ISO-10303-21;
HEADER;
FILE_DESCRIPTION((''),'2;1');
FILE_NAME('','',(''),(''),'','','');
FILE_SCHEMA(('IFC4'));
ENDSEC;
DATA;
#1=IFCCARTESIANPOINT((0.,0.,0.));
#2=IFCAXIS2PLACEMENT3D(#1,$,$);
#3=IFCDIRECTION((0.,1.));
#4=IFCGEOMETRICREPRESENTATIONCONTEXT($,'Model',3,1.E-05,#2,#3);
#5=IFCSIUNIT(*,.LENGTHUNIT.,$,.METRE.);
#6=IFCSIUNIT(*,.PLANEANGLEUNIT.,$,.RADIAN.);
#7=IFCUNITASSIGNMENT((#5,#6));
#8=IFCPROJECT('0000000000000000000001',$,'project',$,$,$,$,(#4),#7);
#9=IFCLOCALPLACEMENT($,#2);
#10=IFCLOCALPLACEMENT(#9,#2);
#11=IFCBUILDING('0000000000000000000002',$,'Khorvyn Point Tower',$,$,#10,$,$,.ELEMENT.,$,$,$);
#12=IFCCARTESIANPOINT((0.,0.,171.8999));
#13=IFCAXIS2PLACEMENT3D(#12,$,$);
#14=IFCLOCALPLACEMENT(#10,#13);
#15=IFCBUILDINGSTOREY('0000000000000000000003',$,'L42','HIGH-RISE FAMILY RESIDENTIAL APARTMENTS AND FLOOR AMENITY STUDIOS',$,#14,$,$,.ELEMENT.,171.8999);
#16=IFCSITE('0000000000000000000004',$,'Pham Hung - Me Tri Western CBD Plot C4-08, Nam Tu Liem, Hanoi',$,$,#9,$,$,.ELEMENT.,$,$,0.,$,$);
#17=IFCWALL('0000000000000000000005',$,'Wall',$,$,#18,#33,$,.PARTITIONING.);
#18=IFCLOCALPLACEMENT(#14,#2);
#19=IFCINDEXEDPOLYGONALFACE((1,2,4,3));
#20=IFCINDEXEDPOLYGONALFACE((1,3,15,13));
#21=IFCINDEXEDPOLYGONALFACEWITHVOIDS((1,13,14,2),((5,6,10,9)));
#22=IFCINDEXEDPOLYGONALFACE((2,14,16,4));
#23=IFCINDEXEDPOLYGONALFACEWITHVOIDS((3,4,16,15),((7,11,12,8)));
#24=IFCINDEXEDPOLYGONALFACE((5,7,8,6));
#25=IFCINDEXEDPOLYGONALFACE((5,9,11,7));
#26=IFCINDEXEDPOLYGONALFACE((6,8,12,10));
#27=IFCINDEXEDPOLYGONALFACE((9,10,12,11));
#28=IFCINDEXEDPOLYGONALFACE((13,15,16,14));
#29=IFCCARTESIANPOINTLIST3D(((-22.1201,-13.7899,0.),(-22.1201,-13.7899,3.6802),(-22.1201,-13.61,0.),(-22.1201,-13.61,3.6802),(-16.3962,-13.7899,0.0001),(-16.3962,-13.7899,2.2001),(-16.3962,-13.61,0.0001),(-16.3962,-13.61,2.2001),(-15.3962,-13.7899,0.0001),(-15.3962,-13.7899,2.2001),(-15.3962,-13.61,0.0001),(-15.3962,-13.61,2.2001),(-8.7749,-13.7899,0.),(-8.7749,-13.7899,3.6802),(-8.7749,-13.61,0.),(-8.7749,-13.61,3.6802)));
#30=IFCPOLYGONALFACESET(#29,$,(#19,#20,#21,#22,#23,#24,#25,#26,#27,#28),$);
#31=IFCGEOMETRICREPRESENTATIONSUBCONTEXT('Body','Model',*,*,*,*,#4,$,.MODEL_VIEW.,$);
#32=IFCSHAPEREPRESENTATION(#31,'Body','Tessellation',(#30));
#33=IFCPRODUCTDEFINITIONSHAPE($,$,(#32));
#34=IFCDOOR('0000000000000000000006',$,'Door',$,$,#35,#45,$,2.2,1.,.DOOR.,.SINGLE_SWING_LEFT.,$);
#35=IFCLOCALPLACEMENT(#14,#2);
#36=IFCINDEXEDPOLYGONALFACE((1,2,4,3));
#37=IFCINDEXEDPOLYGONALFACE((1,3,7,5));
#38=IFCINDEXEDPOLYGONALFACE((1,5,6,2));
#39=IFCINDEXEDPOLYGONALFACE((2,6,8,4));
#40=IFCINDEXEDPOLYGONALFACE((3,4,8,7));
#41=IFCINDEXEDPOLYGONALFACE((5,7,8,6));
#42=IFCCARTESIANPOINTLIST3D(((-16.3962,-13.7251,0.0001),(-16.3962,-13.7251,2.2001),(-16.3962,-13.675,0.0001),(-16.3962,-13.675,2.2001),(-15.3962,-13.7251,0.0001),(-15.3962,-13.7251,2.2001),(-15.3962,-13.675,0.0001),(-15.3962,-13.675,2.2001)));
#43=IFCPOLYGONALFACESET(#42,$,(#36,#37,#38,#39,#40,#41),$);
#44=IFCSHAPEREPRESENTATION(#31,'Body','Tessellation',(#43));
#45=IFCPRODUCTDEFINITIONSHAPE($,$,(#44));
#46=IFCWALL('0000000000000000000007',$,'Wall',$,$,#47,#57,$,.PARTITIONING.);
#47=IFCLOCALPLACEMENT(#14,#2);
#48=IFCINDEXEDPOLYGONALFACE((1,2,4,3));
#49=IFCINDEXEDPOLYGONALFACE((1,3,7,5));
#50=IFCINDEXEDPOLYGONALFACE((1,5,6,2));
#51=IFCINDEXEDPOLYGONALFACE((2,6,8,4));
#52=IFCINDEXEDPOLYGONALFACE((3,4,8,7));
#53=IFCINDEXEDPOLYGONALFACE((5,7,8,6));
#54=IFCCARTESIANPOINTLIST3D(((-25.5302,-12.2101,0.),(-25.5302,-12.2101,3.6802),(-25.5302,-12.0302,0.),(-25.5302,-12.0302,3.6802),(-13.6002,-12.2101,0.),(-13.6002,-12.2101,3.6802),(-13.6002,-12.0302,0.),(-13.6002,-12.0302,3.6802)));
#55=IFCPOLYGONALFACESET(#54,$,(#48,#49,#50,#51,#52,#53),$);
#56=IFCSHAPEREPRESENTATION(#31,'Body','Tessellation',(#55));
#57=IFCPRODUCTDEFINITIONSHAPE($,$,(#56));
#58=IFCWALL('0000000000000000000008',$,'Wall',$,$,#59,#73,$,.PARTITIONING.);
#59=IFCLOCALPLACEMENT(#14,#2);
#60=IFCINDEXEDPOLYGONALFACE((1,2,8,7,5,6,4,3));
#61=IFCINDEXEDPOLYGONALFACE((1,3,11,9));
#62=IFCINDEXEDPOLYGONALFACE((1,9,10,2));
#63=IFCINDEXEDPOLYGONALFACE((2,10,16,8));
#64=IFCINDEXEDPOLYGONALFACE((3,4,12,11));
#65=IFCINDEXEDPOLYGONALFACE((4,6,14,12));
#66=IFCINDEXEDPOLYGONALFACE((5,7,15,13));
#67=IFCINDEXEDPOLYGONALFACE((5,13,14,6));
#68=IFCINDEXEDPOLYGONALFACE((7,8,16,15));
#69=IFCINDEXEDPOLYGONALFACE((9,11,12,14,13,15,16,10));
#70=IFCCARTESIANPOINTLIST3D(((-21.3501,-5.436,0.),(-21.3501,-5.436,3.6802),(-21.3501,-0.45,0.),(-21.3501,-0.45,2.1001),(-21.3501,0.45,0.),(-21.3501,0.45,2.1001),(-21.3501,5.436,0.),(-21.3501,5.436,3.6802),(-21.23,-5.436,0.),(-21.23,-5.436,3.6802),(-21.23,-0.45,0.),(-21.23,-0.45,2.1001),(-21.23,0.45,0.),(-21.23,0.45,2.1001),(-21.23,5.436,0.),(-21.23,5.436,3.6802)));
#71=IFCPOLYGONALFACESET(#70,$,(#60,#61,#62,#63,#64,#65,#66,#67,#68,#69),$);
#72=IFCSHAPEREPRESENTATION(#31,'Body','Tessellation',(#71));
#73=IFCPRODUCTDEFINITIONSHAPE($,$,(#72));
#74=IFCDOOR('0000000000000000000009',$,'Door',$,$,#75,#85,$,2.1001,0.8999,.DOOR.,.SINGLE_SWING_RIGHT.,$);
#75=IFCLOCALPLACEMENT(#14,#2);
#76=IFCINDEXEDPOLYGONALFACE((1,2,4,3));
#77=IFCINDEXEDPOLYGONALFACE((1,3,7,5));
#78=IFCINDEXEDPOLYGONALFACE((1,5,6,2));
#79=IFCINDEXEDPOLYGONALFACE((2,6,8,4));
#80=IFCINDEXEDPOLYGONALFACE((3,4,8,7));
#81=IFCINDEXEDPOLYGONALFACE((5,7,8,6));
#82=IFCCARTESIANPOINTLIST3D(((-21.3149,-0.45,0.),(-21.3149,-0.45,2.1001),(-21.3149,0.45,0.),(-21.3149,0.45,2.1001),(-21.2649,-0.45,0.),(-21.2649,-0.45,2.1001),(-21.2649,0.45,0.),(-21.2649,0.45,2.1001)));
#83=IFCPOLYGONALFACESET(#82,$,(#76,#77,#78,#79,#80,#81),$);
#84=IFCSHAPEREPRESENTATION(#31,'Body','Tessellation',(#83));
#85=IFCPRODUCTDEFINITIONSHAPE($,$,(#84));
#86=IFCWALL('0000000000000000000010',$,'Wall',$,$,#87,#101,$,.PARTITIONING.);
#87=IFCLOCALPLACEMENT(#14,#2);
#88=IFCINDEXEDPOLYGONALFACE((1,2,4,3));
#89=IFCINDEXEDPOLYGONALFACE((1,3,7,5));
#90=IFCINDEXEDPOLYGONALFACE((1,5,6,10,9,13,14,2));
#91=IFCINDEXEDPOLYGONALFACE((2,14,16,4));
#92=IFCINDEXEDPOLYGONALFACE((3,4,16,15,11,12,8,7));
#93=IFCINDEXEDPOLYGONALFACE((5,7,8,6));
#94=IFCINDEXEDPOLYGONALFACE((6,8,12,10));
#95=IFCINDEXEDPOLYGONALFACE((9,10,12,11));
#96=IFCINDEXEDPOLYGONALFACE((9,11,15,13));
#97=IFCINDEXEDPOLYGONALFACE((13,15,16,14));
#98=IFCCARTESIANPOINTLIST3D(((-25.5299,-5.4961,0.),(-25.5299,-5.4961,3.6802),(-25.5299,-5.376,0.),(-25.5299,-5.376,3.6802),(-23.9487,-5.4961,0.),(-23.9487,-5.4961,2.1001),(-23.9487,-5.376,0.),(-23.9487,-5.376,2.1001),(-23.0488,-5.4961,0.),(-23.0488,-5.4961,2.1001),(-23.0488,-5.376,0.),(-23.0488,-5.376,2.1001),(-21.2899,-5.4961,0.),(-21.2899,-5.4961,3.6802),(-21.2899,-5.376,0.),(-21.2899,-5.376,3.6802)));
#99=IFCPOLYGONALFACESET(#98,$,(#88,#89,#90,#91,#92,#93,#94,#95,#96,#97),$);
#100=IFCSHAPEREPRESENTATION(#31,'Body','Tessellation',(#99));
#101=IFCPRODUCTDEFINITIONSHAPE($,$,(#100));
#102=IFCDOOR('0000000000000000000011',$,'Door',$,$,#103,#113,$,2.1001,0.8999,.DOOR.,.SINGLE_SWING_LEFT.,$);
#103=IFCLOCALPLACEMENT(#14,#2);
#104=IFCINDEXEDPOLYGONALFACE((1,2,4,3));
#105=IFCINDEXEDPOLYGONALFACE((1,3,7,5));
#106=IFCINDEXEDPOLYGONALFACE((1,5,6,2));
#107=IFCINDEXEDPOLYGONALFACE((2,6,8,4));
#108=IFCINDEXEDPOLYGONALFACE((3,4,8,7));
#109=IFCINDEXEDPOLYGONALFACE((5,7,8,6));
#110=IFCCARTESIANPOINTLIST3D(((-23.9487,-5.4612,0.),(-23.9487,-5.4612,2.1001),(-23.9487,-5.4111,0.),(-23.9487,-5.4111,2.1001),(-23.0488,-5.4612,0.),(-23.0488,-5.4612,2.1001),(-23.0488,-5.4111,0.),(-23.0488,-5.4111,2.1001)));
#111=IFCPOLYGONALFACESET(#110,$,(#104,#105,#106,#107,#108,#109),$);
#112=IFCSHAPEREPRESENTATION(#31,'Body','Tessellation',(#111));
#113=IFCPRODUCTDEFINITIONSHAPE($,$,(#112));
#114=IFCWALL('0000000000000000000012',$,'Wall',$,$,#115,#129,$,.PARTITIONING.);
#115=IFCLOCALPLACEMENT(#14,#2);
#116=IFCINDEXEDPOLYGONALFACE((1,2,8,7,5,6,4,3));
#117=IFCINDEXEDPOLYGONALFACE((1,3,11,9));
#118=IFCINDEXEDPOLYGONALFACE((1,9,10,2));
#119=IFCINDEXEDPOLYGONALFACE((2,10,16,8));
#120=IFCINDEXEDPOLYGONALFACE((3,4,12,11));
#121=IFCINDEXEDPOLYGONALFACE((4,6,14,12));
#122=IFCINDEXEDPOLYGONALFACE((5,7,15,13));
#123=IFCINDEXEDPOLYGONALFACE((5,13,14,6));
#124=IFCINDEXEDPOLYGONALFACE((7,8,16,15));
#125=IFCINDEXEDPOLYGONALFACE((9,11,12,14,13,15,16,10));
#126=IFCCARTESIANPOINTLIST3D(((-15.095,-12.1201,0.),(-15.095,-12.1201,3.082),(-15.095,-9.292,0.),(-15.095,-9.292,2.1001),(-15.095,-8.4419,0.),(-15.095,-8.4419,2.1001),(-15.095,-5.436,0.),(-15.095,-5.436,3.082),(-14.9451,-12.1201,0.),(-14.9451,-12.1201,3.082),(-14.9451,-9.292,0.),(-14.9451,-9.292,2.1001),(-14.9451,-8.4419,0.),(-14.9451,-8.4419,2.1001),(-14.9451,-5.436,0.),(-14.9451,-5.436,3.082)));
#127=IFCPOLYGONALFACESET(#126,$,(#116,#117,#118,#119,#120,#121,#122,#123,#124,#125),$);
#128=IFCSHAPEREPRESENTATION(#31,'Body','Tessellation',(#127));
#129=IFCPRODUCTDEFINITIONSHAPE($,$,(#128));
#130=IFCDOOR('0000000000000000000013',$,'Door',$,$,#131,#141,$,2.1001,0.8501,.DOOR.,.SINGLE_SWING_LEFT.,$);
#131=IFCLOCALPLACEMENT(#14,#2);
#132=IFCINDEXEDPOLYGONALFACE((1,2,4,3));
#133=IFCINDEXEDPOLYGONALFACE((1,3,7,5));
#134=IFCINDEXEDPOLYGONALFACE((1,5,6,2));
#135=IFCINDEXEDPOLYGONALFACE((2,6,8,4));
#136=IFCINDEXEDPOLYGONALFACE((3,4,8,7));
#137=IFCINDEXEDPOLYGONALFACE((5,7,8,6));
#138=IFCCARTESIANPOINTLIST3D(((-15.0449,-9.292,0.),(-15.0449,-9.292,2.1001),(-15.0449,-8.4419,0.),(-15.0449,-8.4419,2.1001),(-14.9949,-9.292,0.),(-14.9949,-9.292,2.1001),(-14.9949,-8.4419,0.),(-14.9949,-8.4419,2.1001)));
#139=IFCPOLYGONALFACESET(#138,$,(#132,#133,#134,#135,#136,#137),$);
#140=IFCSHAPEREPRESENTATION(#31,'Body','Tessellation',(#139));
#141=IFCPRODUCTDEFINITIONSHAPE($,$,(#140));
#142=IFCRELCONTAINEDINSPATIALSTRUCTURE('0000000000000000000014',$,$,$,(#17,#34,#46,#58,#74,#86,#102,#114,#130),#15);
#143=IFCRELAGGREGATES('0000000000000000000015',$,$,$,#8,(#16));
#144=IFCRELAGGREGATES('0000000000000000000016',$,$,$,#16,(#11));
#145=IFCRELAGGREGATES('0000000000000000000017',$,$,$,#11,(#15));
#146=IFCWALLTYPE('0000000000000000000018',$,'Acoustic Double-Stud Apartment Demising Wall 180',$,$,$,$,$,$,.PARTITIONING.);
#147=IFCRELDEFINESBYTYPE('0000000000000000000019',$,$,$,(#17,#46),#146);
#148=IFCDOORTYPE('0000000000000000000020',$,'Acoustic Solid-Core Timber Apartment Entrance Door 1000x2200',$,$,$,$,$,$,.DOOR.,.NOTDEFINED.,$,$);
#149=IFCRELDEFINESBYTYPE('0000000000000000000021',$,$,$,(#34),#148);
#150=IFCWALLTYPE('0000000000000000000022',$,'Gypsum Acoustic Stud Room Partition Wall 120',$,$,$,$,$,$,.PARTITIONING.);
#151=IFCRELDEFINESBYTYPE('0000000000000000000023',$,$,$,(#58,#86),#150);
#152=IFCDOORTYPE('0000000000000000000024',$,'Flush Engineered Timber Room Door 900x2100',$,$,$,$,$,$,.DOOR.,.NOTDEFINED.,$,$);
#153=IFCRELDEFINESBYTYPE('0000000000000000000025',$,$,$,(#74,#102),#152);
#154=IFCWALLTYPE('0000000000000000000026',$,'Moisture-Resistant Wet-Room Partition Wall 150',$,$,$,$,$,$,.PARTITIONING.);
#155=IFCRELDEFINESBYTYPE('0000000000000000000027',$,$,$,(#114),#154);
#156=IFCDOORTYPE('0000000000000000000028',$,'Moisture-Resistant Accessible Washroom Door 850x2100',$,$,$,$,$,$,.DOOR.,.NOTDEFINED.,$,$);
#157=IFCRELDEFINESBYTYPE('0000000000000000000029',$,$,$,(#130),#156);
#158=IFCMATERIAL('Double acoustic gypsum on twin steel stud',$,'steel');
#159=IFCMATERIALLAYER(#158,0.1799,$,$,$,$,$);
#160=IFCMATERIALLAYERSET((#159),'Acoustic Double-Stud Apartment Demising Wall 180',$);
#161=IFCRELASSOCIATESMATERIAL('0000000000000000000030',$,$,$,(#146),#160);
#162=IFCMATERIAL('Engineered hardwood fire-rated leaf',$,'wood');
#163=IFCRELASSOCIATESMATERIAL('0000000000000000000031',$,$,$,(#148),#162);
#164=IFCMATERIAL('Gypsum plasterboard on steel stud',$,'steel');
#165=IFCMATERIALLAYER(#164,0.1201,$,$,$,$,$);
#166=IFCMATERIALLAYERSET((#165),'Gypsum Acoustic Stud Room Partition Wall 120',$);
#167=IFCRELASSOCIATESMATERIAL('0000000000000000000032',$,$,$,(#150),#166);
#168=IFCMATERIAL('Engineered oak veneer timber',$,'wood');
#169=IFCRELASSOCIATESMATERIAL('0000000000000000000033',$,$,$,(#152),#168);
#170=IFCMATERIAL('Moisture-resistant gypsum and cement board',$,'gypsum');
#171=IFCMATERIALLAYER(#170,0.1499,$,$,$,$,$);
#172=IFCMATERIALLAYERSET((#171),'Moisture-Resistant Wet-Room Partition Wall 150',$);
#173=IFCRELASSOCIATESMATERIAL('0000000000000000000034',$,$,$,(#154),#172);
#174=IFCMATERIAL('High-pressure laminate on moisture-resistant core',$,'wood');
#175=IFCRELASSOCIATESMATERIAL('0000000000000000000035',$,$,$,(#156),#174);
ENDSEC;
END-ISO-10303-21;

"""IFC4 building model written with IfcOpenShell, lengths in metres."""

from ifc_helpers import new_model, si_unit, direction, frame, frame_2d, origin, place, context, subcontext, project, spatial, rectangle, extrude, material, layer, layer_set, type_object, element, fill, save


model = new_model("IFC4")

# Units and contexts
model_context = context("Model", 3, precision=1e-05, world=origin(), true_north=direction((0.0, 1.0)))
body_context = subcontext(model_context, "Body", "Model", "MODEL_VIEW")
ifc_project = project(units=[si_unit("LENGTHUNIT", "METRE"), si_unit("PLANEANGLEUNIT", "RADIAN")], contexts=[model_context])

# Site, building, storey
site_placement = place(None, origin())
site = spatial("IfcSite", under=ifc_project, at=site_placement, Name="Pham Hung - Me Tri Western CBD Plot C4-08, Nam Tu Liem, Hanoi", CompositionType="ELEMENT", RefElevation=0.0)
building_placement = place(site_placement, origin())
building = spatial("IfcBuilding", under=site, at=building_placement, Name="Khorvyn Point Tower", CompositionType="ELEMENT")
storey_placement = place(building_placement, frame((0.0, 0.0, 171.8999)))
storey = spatial("IfcBuildingStorey", under=building, at=storey_placement, Name="L42", Description="HIGH-RISE FAMILY RESIDENTIAL APARTMENTS AND FLOOR AMENITY STUDIOS", CompositionType="ELEMENT", Elevation=171.8999)

# Wall, opening, door
ifc_material_1 = material(Name="Double acoustic gypsum on twin steel stud", Category="steel")
ifc_layer_1 = layer(ifc_material_1, 0.1799)
ifc_layer_set_1 = layer_set([ifc_layer_1], Name="Acoustic Double-Stud Apartment Demising Wall 180")
wall_type_1 = type_object("IfcWallType", Name="Acoustic Double-Stud Apartment Demising Wall 180", PredefinedType="PARTITIONING", material=ifc_layer_set_1)
wall_1_placement = place(storey_placement, frame((-22.1201, -13.7, 0.0), z_axis=(0.0, 0.0, 1.0), x_axis=(1.0, 0.0, 0.0)))
wall_1 = element("IfcWall", 1, at=wall_1_placement, inside=storey, type_object=wall_type_1, Name="Wall", PredefinedType="PARTITIONING", context=body_context, shape_type="SweptSolid", body=[
    extrude(rectangle(XDim=13.3452, YDim=0.1799, at=frame_2d((6.6726, 0.0))), origin(), (0.0, 0.0, 1.0), 3.6802),
])
opening_1_placement = place(wall_1_placement, frame((5.7239, 0.0, 0.0)))
opening_1 = element("IfcOpeningElement", 2, at=opening_1_placement, cuts=wall_1, PredefinedType="OPENING", context=body_context, shape_type="SweptSolid", body=[
    extrude(rectangle(XDim=1.0, YDim=2.2, at=frame_2d((0.5, 1.1001))), frame((0.0, 0.0999, 0.0), z_axis=(0.0, -1.0, 0.0), x_axis=(1.0, 0.0, 0.0)), (0.0, 0.0, 1.0), 0.2),
])
ifc_material_2 = material(Name="Engineered hardwood fire-rated leaf", Category="wood")
door_type_1 = type_object("IfcDoorType", Name="Acoustic Solid-Core Timber Apartment Entrance Door 1000x2200", OperationType="NOTDEFINED", PredefinedType="DOOR", material=ifc_material_2)
door_1_placement = place(opening_1_placement, origin())
door_1 = element("IfcDoor", 3, at=door_1_placement, inside=storey, type_object=door_type_1, Name="Door", OperationType="SINGLE_SWING_LEFT", OverallHeight=2.2, OverallWidth=1.0, PredefinedType="DOOR", context=body_context, shape_type="SweptSolid", body=[
    extrude(rectangle(XDim=1.0, YDim=2.2, at=frame_2d((0.5, 1.1001))), frame((0.0, 0.0249, 0.0), z_axis=(0.0, -1.0, 0.0), x_axis=(1.0, 0.0, 0.0)), (0.0, 0.0, 1.0), 0.05),
])
fill(opening_1, door_1)

# Wall
wall_2_placement = place(storey_placement, frame((-25.53, -12.1201, 0.0), z_axis=(0.0, 0.0, 1.0), x_axis=(1.0, 0.0, 0.0)))
element("IfcWall", 4, at=wall_2_placement, inside=storey, type_object=wall_type_1, Name="Wall", PredefinedType="PARTITIONING", context=body_context, shape_type="SweptSolid", body=[
    extrude(rectangle(XDim=11.9299, YDim=0.1799, at=frame_2d((5.9648, 0.0))), origin(), (0.0, 0.0, 1.0), 3.6802),
])

# Walls, openings, doors
ifc_material_3 = material(Name="Gypsum plasterboard on steel stud", Category="steel")
ifc_layer_2 = layer(ifc_material_3, 0.1201)
ifc_layer_set_2 = layer_set([ifc_layer_2], Name="Gypsum Acoustic Stud Room Partition Wall 120")
wall_type_2 = type_object("IfcWallType", Name="Gypsum Acoustic Stud Room Partition Wall 120", PredefinedType="PARTITIONING", material=ifc_layer_set_2)
wall_3_placement = place(storey_placement, frame((-21.29, -5.436, 0.0), z_axis=(0.0, 0.0, 1.0), x_axis=(0.0, 1.0, 0.0)))
wall_3 = element("IfcWall", 5, at=wall_3_placement, inside=storey, type_object=wall_type_2, Name="Wall", PredefinedType="PARTITIONING", context=body_context, shape_type="SweptSolid", body=[
    extrude(rectangle(XDim=10.8721, YDim=0.1201, at=frame_2d((5.436, 0.0))), origin(), (0.0, 0.0, 1.0), 3.6802),
])
opening_2_placement = place(wall_3_placement, frame((4.9861, 0.0, 0.0)))
opening_2 = element("IfcOpeningElement", 6, at=opening_2_placement, cuts=wall_3, PredefinedType="OPENING", context=body_context, shape_type="SweptSolid", body=[
    extrude(rectangle(XDim=0.8999, YDim=2.1001, at=frame_2d((0.45, 1.05))), frame((0.0, 0.0701, 0.0), z_axis=(0.0, -1.0, 0.0), x_axis=(1.0, 0.0, 0.0)), (0.0, 0.0, 1.0), 0.1401),
])
ifc_material_4 = material(Name="Engineered oak veneer timber", Category="wood")
door_type_2 = type_object("IfcDoorType", Name="Flush Engineered Timber Room Door 900x2100", OperationType="NOTDEFINED", PredefinedType="DOOR", material=ifc_material_4)
door_2_placement = place(opening_2_placement, origin())
door_2 = element("IfcDoor", 7, at=door_2_placement, inside=storey, type_object=door_type_2, Name="Door", OperationType="SINGLE_SWING_RIGHT", OverallHeight=2.1001, OverallWidth=0.8999, PredefinedType="DOOR", context=body_context, shape_type="SweptSolid", body=[
    extrude(rectangle(XDim=0.8999, YDim=2.1001, at=frame_2d((0.45, 1.05))), frame((0.0, 0.0249, 0.0), z_axis=(0.0, -1.0, 0.0), x_axis=(1.0, 0.0, 0.0)), (0.0, 0.0, 1.0), 0.05),
])
fill(opening_2, door_2)
wall_4_placement = place(storey_placement, frame((-25.53, -5.436, 0.0), z_axis=(0.0, 0.0, 1.0), x_axis=(1.0, 0.0, 0.0)))
wall_4 = element("IfcWall", 8, at=wall_4_placement, inside=storey, type_object=wall_type_2, Name="Wall", PredefinedType="PARTITIONING", context=body_context, shape_type="SweptSolid", body=[
    extrude(rectangle(XDim=4.24, YDim=0.1201, at=frame_2d((2.1201, 0.0))), origin(), (0.0, 0.0, 1.0), 3.6802),
])
opening_3_placement = place(wall_4_placement, frame((1.5813, 0.0, 0.0)))
opening_3 = element("IfcOpeningElement", 9, at=opening_3_placement, cuts=wall_4, PredefinedType="OPENING", context=body_context, shape_type="SweptSolid", body=[
    extrude(rectangle(XDim=0.8999, YDim=2.1001, at=frame_2d((0.45, 1.05))), frame((0.0, 0.0701, 0.0), z_axis=(0.0, -1.0, 0.0), x_axis=(1.0, 0.0, 0.0)), (0.0, 0.0, 1.0), 0.1401),
])
door_3_placement = place(opening_3_placement, origin())
door_3 = element("IfcDoor", 10, at=door_3_placement, inside=storey, type_object=door_type_2, Name="Door", OperationType="SINGLE_SWING_LEFT", OverallHeight=2.1001, OverallWidth=0.8999, PredefinedType="DOOR", context=body_context, shape_type="SweptSolid", body=[
    extrude(rectangle(XDim=0.8999, YDim=2.1001, at=frame_2d((0.45, 1.05))), frame((0.0, 0.0249, 0.0), z_axis=(0.0, -1.0, 0.0), x_axis=(1.0, 0.0, 0.0)), (0.0, 0.0, 1.0), 0.05),
])
fill(opening_3, door_3)
ifc_material_5 = material(Name="Moisture-resistant gypsum and cement board", Category="gypsum")
ifc_layer_3 = layer(ifc_material_5, 0.1499)
ifc_layer_set_3 = layer_set([ifc_layer_3], Name="Moisture-Resistant Wet-Room Partition Wall 150")
wall_type_3 = type_object("IfcWallType", Name="Moisture-Resistant Wet-Room Partition Wall 150", PredefinedType="PARTITIONING", material=ifc_layer_set_3)
wall_5_placement = place(storey_placement, frame((-15.02, -12.1201, 0.0), z_axis=(0.0, 0.0, 1.0), x_axis=(0.0, 1.0, 0.0)))
wall_5 = element("IfcWall", 11, at=wall_5_placement, inside=storey, type_object=wall_type_3, Name="Wall", PredefinedType="PARTITIONING", context=body_context, shape_type="SweptSolid", body=[
    extrude(rectangle(XDim=6.6841, YDim=0.1499, at=frame_2d((3.342, 0.0))), origin(), (0.0, 0.0, 1.0), 3.082),
])
opening_4_placement = place(wall_5_placement, frame((2.8281, 0.0, 0.0)))
opening_4 = element("IfcOpeningElement", 12, at=opening_4_placement, cuts=wall_5, PredefinedType="OPENING", context=body_context, shape_type="SweptSolid", body=[
    extrude(rectangle(XDim=0.8501, YDim=2.1001, at=frame_2d((0.425, 1.05))), frame((0.0, 0.085, 0.0), z_axis=(0.0, -1.0, 0.0), x_axis=(1.0, 0.0, 0.0)), (0.0, 0.0, 1.0), 0.1699),
])
ifc_material_6 = material(Name="High-pressure laminate on moisture-resistant core", Category="wood")
door_type_3 = type_object("IfcDoorType", Name="Moisture-Resistant Accessible Washroom Door 850x2100", OperationType="NOTDEFINED", PredefinedType="DOOR", material=ifc_material_6)
door_4_placement = place(opening_4_placement, origin())
door_4 = element("IfcDoor", 13, at=door_4_placement, inside=storey, type_object=door_type_3, Name="Door", OperationType="SINGLE_SWING_LEFT", OverallHeight=2.1001, OverallWidth=0.8501, PredefinedType="DOOR", context=body_context, shape_type="SweptSolid", body=[
    extrude(rectangle(XDim=0.8501, YDim=2.1001, at=frame_2d((0.425, 1.05))), frame((0.0, 0.0249, 0.0), z_axis=(0.0, -1.0, 0.0), x_axis=(1.0, 0.0, 0.0)), (0.0, 0.0, 1.0), 0.05),
])
fill(opening_4, door_4)

save(model, "model.ifc")
